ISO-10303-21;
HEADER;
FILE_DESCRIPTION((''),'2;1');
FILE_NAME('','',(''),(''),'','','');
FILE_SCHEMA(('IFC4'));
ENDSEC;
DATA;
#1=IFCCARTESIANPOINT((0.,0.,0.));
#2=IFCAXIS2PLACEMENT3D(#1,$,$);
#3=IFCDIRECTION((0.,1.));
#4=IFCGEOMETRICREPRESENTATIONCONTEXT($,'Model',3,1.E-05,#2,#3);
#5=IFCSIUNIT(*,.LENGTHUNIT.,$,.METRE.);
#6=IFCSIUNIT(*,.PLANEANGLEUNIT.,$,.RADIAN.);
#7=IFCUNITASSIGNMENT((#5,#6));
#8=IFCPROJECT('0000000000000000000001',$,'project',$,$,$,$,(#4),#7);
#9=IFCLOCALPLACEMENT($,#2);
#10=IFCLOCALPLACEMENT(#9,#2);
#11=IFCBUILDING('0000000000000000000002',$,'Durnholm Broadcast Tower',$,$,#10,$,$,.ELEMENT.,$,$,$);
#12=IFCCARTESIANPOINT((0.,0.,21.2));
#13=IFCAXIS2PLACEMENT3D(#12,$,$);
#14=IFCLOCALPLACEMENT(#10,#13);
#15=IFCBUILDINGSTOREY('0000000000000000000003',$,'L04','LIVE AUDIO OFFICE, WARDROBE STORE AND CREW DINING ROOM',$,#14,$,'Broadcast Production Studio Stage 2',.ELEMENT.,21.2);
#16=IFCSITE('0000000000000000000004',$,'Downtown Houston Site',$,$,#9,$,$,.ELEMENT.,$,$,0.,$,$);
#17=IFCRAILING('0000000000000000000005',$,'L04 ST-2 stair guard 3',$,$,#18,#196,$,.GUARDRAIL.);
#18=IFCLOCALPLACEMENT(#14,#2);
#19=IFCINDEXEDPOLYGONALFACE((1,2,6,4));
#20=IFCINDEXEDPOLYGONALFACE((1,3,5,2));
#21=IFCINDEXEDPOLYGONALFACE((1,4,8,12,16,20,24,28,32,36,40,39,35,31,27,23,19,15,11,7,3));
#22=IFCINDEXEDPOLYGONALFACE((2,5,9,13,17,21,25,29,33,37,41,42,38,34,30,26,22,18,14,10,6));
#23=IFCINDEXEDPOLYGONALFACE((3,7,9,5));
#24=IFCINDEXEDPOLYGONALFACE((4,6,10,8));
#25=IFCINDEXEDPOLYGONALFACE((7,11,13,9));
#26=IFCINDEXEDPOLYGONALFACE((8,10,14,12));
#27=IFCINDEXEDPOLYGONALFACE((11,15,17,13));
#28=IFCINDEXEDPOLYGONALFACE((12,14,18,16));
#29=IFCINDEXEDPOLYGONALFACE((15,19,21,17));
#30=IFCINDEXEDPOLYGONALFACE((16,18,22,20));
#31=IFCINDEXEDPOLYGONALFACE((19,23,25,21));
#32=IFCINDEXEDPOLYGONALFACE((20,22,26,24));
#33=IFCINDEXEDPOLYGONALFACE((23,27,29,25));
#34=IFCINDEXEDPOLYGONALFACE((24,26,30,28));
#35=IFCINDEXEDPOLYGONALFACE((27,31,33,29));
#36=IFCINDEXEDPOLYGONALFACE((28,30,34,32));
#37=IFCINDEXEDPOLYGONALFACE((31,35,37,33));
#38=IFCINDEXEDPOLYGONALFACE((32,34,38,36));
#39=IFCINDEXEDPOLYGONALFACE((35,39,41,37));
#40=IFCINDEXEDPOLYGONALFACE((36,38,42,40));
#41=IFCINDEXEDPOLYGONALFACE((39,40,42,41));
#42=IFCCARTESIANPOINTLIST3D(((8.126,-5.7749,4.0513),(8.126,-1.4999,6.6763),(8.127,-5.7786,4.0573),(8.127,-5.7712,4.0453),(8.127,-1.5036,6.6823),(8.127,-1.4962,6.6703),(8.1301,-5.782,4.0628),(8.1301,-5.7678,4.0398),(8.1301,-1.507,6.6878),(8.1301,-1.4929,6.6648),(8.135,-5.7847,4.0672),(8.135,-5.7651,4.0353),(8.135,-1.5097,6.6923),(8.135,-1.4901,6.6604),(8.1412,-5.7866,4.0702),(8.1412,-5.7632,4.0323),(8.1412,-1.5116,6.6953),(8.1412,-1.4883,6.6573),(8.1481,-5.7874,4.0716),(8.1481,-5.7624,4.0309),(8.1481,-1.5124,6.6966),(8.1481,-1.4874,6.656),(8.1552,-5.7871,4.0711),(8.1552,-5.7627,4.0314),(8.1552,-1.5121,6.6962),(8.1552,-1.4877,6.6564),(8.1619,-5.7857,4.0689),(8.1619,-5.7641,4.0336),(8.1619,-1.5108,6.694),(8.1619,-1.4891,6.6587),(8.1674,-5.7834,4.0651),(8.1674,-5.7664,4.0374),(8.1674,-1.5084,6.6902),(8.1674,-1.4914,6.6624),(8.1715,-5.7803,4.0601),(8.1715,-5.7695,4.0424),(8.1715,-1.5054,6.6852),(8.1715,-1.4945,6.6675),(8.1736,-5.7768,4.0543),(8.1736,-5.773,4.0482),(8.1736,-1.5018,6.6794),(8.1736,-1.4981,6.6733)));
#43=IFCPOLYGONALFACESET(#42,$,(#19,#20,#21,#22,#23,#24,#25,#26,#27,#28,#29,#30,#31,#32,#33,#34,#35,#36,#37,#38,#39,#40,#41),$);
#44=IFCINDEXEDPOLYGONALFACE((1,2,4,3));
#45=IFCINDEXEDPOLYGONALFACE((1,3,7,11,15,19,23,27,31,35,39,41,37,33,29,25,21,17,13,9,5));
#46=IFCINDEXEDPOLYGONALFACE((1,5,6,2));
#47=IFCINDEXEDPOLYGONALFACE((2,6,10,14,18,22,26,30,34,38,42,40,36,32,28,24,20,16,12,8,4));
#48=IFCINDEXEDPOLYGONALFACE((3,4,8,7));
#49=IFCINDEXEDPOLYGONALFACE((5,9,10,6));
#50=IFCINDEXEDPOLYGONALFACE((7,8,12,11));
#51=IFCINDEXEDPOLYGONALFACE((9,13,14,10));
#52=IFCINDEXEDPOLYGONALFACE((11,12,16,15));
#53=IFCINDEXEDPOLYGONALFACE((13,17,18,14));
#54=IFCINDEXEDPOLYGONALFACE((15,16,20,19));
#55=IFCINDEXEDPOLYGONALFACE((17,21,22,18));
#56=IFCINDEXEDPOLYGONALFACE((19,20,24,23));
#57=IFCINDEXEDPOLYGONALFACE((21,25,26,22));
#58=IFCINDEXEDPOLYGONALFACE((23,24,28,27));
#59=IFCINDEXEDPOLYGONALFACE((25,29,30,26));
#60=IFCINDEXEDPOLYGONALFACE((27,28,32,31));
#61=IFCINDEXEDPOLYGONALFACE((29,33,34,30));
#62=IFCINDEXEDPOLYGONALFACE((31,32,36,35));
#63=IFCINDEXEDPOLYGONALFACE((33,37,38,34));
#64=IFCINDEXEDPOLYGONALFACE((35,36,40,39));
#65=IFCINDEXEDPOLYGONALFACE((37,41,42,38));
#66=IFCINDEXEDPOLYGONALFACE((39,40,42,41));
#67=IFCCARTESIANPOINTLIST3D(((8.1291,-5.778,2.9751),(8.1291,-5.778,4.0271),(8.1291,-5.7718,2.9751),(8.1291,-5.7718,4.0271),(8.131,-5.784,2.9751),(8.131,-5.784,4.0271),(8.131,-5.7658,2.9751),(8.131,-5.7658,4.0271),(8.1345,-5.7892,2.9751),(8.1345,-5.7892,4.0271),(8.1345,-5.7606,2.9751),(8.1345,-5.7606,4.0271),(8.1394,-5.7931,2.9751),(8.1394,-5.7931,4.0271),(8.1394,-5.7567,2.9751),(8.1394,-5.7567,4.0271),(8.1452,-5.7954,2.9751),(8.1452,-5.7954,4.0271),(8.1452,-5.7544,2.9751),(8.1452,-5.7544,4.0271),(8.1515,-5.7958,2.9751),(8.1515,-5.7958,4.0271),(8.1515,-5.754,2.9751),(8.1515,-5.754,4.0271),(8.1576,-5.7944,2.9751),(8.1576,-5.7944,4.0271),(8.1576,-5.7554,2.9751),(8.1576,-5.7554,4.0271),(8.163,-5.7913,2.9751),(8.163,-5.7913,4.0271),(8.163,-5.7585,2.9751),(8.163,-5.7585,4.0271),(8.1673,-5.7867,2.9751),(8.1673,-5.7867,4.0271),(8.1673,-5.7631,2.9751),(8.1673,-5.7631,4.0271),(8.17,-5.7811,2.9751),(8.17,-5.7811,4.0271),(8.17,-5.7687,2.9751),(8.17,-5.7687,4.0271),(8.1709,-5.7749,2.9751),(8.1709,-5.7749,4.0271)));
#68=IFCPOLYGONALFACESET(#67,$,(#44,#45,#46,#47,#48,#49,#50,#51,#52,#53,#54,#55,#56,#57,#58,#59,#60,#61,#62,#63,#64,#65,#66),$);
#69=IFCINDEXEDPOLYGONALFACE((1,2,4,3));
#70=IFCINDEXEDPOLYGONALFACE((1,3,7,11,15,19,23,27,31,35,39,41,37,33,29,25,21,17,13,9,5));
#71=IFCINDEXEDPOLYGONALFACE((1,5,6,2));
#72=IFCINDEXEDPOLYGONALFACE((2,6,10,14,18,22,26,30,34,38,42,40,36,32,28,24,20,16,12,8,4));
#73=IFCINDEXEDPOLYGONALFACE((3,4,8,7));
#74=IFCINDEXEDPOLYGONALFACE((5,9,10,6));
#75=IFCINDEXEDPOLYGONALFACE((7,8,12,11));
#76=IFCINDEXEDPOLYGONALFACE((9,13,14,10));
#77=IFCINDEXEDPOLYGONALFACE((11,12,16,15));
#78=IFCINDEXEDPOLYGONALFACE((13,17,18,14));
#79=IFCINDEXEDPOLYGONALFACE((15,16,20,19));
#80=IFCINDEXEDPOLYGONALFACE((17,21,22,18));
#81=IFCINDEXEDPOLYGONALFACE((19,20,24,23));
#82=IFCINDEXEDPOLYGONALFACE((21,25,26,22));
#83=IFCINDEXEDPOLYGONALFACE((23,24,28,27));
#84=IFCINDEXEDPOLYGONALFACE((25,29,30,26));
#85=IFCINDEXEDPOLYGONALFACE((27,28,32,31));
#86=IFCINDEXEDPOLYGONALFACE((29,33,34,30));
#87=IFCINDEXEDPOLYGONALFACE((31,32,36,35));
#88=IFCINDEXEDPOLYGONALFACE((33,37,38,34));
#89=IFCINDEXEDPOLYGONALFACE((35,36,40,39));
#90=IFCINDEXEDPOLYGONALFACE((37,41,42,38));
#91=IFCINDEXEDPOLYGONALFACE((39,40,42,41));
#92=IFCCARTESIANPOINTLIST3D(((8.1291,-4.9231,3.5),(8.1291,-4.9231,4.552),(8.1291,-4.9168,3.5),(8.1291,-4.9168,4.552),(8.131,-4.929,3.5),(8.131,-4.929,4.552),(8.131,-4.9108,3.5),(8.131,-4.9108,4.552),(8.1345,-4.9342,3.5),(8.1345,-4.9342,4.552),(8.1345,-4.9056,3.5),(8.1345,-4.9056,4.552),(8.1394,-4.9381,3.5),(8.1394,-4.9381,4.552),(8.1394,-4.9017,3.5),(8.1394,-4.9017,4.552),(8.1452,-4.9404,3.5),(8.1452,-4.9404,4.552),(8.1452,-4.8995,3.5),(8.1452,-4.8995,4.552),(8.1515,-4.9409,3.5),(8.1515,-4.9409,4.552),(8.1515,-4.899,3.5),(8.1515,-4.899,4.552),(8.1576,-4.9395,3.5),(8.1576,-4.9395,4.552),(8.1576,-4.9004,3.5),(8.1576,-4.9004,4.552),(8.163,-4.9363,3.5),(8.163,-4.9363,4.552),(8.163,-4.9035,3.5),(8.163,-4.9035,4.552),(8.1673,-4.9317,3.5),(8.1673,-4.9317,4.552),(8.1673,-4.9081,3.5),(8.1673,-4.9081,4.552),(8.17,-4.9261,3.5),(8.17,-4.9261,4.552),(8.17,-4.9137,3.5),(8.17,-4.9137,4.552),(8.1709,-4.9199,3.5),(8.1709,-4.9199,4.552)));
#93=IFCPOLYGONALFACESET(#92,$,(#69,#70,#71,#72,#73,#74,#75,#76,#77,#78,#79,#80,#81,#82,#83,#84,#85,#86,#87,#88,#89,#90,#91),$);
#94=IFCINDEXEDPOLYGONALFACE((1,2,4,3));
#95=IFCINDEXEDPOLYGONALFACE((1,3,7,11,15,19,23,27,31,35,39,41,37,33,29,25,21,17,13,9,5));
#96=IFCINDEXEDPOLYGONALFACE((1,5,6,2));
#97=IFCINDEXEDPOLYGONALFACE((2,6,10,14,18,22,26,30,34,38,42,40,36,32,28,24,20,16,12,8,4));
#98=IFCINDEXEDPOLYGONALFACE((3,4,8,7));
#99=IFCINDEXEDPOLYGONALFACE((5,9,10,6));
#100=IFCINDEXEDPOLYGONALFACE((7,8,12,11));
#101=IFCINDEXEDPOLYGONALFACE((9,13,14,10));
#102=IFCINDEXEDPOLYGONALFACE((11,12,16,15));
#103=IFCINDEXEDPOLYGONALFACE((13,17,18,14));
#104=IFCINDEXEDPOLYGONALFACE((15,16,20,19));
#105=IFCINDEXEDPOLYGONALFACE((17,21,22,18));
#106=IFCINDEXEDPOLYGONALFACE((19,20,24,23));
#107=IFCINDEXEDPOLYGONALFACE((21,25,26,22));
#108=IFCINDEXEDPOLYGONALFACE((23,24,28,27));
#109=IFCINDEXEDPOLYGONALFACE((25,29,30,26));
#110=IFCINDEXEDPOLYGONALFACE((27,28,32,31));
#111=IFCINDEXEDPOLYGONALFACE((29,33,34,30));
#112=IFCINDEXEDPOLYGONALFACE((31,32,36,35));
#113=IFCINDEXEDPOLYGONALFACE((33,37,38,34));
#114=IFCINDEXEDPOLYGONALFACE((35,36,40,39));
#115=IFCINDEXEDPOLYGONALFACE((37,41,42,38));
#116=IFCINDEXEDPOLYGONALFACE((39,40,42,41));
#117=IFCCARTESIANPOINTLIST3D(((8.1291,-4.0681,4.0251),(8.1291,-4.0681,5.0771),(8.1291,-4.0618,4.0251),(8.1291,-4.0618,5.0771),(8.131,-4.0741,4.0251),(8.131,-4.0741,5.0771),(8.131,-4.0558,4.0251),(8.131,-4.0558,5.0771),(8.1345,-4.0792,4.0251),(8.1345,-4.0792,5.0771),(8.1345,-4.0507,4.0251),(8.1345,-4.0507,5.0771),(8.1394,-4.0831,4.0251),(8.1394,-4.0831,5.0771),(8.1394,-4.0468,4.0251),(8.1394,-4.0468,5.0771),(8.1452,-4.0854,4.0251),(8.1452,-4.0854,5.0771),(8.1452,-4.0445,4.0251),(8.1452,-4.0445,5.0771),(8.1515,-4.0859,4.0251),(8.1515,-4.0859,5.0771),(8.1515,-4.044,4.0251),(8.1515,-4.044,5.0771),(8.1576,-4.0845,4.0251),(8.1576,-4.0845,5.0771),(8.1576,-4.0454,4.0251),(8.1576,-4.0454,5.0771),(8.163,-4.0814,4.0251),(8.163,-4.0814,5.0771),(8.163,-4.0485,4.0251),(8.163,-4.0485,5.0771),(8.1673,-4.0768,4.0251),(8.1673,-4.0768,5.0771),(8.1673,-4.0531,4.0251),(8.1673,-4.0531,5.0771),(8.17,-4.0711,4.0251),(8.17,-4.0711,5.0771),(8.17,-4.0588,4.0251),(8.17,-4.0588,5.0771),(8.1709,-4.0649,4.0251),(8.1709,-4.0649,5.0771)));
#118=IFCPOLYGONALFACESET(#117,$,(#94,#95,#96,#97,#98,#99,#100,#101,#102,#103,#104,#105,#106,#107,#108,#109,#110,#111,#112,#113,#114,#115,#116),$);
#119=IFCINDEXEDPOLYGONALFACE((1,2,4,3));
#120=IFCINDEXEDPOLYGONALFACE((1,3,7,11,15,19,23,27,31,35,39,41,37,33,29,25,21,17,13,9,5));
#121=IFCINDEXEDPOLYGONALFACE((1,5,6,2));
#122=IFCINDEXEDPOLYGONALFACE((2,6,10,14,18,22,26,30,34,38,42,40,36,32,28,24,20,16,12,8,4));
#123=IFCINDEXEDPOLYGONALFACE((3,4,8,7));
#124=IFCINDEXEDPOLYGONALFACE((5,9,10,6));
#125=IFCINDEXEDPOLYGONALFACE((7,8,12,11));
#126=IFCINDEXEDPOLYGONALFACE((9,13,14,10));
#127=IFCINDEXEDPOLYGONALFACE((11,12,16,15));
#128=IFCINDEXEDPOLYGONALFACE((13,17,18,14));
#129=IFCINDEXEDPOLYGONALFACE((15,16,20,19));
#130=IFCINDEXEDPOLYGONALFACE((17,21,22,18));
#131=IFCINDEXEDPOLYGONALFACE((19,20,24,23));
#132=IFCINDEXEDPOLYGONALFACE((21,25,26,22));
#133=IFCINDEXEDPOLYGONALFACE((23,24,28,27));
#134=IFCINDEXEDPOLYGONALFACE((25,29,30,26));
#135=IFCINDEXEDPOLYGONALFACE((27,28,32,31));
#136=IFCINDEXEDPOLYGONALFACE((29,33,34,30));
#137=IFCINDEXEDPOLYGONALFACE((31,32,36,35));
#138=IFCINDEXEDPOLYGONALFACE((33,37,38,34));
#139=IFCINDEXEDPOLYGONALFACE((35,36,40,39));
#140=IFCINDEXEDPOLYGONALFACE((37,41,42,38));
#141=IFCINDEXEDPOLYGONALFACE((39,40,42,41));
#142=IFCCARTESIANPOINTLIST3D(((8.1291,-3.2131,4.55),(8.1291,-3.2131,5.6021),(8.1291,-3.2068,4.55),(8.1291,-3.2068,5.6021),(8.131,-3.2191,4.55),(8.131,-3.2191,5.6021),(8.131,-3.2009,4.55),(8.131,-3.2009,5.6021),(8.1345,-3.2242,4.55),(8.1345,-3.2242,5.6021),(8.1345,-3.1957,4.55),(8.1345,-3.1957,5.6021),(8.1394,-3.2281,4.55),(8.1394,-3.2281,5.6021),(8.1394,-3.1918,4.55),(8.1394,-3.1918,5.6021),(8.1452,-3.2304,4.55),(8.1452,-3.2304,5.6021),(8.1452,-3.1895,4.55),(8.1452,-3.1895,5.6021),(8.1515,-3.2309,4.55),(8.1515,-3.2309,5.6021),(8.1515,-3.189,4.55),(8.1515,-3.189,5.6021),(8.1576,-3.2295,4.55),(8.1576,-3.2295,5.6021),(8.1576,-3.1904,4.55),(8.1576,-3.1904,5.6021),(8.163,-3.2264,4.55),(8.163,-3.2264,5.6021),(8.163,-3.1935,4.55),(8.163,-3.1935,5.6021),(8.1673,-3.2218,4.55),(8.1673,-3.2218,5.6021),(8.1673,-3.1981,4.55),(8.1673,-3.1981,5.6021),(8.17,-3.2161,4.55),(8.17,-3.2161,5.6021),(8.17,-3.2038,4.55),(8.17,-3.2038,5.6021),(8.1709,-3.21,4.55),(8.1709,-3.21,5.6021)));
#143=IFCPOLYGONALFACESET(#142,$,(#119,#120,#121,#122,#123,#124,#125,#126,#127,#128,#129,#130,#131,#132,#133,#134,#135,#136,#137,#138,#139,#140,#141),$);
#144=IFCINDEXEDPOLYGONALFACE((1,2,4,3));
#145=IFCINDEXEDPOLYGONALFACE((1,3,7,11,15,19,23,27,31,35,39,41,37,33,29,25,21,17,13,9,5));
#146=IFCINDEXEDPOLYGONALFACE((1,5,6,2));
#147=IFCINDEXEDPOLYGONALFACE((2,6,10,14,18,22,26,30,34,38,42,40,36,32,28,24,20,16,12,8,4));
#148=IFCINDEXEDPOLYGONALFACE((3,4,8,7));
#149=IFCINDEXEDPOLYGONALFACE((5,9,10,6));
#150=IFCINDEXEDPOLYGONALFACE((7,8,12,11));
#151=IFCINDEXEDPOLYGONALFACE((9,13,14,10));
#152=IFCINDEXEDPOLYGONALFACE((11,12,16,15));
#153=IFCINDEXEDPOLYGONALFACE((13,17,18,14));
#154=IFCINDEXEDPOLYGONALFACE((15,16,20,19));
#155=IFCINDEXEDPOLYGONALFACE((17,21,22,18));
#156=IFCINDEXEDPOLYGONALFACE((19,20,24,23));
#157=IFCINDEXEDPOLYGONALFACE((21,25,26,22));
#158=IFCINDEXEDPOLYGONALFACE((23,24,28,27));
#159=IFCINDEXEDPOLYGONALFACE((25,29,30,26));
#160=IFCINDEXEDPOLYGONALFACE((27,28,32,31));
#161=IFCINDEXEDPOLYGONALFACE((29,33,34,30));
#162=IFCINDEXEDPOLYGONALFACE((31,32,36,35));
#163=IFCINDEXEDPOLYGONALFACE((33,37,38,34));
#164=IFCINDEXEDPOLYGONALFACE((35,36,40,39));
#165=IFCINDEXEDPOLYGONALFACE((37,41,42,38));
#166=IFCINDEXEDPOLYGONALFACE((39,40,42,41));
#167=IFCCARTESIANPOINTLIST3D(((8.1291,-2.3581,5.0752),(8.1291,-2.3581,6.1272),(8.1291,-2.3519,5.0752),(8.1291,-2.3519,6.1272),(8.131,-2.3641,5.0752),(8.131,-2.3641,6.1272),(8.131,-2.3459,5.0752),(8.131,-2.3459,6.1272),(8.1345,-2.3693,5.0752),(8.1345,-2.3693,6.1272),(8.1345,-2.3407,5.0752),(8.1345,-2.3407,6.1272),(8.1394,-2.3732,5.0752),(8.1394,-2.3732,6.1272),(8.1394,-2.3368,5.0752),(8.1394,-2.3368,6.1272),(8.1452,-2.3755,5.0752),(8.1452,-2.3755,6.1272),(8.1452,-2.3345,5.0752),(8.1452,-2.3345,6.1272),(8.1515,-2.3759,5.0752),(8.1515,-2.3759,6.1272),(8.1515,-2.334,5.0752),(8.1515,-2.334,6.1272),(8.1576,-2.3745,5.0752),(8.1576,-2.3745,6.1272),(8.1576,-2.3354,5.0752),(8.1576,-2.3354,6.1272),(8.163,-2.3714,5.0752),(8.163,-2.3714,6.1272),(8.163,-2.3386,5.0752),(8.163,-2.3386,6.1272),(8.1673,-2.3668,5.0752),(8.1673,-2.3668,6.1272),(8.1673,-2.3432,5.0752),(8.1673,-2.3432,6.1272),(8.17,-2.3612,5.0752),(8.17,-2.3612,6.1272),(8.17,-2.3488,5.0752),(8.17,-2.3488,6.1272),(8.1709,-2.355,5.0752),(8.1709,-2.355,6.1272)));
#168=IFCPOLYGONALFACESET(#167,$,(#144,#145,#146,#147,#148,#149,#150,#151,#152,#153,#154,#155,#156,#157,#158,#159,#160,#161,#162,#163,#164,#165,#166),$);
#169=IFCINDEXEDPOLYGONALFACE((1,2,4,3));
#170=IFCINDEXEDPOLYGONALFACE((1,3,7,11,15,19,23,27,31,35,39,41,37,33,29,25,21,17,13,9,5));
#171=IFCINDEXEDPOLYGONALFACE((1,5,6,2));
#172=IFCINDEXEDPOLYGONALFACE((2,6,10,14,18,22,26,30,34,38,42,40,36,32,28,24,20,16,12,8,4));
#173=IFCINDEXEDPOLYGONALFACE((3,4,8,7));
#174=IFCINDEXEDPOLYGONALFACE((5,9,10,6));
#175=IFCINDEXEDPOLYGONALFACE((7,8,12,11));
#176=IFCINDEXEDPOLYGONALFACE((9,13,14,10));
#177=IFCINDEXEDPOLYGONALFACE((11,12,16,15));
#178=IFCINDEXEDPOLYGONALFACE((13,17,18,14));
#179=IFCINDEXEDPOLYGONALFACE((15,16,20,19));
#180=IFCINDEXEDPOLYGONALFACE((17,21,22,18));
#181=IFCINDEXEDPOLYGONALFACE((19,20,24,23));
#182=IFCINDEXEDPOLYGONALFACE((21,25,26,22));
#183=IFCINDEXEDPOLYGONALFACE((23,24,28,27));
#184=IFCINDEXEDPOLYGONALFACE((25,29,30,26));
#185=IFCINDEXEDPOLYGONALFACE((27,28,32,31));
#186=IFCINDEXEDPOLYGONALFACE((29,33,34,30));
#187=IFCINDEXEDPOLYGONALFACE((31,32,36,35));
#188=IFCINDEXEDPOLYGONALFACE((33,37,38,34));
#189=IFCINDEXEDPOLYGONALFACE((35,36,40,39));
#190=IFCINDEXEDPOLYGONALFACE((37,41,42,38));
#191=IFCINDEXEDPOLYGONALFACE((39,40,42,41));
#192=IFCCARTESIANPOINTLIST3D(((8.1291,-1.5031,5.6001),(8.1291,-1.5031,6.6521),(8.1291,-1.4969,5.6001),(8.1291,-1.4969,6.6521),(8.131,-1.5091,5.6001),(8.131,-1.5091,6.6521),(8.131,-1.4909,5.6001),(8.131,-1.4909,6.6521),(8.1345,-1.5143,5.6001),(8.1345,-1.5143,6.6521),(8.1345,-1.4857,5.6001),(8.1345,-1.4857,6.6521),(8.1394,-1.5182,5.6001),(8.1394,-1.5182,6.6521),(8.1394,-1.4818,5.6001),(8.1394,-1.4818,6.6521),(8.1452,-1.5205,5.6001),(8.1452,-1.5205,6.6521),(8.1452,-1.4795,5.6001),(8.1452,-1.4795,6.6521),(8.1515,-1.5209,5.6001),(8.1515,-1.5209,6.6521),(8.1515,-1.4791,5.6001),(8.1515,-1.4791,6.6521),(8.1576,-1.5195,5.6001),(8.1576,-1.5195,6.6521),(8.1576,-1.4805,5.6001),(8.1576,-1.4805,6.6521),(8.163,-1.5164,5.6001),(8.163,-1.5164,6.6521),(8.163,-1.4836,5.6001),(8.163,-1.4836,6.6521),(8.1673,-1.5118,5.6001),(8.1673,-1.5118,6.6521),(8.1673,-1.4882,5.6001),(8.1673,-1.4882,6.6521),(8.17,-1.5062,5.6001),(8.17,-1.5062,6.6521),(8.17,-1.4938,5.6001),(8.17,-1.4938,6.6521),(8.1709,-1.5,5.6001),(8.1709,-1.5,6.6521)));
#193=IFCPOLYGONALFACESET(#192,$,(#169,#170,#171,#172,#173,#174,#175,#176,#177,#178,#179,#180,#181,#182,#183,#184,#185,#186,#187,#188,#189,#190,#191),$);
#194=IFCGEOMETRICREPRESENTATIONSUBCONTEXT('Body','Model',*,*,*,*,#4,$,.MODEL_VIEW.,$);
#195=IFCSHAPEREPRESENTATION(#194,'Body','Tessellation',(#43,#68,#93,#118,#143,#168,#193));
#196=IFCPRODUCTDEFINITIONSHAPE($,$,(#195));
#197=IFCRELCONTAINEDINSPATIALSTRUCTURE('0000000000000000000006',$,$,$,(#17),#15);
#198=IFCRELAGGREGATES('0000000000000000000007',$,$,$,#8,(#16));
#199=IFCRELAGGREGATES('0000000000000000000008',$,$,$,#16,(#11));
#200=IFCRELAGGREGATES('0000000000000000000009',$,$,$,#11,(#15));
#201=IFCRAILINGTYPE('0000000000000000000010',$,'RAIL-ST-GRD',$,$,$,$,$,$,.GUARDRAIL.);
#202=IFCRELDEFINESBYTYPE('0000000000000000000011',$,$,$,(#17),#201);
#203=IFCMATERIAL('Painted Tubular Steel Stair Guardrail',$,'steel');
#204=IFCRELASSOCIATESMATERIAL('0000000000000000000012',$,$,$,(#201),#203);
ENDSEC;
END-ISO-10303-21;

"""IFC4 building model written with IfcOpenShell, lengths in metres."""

from ifc_helpers import new_model, si_unit, direction, frame, origin, origin_2d, place, context, subcontext, project, spatial, circle, extrude, material, type_object, element, save


model = new_model("IFC4")

# Units and contexts
model_context = context("Model", 3, precision=1e-05, world=origin(), true_north=direction((0.0, 1.0)))
body_context = subcontext(model_context, "Body", "Model", "MODEL_VIEW")
ifc_project = project(units=[si_unit("LENGTHUNIT", "METRE"), si_unit("PLANEANGLEUNIT", "RADIAN")], contexts=[model_context])

# Site, building, storey
site_placement = place(None, origin())
site = spatial("IfcSite", under=ifc_project, at=site_placement, Name="Downtown Houston Site", CompositionType="ELEMENT", RefElevation=0.0)
building_placement = place(site_placement, origin())
building = spatial("IfcBuilding", under=site, at=building_placement, Name="Durnholm Broadcast Tower", CompositionType="ELEMENT")
storey_placement = place(building_placement, frame((0.0, 0.0, 21.2)))
storey = spatial("IfcBuildingStorey", under=building, at=storey_placement, Name="L04", Description="LIVE AUDIO OFFICE, WARDROBE STORE AND CREW DINING ROOM", LongName="Broadcast Production Studio Stage 2", CompositionType="ELEMENT", Elevation=21.2)

# Railing
ifc_material_1 = material(Name="Painted Tubular Steel Stair Guardrail", Category="steel")
railing_type_1 = type_object("IfcRailingType", Name="RAIL-ST-GRD", PredefinedType="GUARDRAIL", material=ifc_material_1)
railing_1_placement = place(storey_placement, frame((8.1499, -5.7749, 2.9751)))
element("IfcRailing", 1, at=railing_1_placement, inside=storey, type_object=railing_type_1, Name="L04 ST-2 stair guard 3", PredefinedType="GUARDRAIL", context=body_context, shape_type="SweptSolid", body=[
    extrude(circle(Radius=0.0239, at=origin_2d()), frame((0.0, 0.0, 1.0762), z_axis=(0.0, 0.852166, 0.523272), x_axis=(-1.0, 0.0, 0.0)), (0.0, 0.0, 1.0), 5.0166),
    extrude(circle(Radius=0.021, at=origin_2d()), origin(), (0.0, 0.0, 1.0), 1.052),
    extrude(circle(Radius=0.021, at=origin_2d()), frame((0.0, 0.855, 0.5249)), (0.0, 0.0, 1.0), 1.052),
    extrude(circle(Radius=0.021, at=origin_2d()), frame((0.0, 1.71, 1.05)), (0.0, 0.0, 1.0), 1.052),
    extrude(circle(Radius=0.021, at=origin_2d()), frame((0.0, 2.5649, 1.575)), (0.0, 0.0, 1.0), 1.052),
    extrude(circle(Radius=0.021, at=origin_2d()), frame((0.0, 3.4199, 2.1001)), (0.0, 0.0, 1.0), 1.052),
    extrude(circle(Radius=0.021, at=origin_2d()), frame((0.0, 4.2749, 2.625)), (0.0, 0.0, 1.0), 1.052),
])

save(model, "model.ifc")
